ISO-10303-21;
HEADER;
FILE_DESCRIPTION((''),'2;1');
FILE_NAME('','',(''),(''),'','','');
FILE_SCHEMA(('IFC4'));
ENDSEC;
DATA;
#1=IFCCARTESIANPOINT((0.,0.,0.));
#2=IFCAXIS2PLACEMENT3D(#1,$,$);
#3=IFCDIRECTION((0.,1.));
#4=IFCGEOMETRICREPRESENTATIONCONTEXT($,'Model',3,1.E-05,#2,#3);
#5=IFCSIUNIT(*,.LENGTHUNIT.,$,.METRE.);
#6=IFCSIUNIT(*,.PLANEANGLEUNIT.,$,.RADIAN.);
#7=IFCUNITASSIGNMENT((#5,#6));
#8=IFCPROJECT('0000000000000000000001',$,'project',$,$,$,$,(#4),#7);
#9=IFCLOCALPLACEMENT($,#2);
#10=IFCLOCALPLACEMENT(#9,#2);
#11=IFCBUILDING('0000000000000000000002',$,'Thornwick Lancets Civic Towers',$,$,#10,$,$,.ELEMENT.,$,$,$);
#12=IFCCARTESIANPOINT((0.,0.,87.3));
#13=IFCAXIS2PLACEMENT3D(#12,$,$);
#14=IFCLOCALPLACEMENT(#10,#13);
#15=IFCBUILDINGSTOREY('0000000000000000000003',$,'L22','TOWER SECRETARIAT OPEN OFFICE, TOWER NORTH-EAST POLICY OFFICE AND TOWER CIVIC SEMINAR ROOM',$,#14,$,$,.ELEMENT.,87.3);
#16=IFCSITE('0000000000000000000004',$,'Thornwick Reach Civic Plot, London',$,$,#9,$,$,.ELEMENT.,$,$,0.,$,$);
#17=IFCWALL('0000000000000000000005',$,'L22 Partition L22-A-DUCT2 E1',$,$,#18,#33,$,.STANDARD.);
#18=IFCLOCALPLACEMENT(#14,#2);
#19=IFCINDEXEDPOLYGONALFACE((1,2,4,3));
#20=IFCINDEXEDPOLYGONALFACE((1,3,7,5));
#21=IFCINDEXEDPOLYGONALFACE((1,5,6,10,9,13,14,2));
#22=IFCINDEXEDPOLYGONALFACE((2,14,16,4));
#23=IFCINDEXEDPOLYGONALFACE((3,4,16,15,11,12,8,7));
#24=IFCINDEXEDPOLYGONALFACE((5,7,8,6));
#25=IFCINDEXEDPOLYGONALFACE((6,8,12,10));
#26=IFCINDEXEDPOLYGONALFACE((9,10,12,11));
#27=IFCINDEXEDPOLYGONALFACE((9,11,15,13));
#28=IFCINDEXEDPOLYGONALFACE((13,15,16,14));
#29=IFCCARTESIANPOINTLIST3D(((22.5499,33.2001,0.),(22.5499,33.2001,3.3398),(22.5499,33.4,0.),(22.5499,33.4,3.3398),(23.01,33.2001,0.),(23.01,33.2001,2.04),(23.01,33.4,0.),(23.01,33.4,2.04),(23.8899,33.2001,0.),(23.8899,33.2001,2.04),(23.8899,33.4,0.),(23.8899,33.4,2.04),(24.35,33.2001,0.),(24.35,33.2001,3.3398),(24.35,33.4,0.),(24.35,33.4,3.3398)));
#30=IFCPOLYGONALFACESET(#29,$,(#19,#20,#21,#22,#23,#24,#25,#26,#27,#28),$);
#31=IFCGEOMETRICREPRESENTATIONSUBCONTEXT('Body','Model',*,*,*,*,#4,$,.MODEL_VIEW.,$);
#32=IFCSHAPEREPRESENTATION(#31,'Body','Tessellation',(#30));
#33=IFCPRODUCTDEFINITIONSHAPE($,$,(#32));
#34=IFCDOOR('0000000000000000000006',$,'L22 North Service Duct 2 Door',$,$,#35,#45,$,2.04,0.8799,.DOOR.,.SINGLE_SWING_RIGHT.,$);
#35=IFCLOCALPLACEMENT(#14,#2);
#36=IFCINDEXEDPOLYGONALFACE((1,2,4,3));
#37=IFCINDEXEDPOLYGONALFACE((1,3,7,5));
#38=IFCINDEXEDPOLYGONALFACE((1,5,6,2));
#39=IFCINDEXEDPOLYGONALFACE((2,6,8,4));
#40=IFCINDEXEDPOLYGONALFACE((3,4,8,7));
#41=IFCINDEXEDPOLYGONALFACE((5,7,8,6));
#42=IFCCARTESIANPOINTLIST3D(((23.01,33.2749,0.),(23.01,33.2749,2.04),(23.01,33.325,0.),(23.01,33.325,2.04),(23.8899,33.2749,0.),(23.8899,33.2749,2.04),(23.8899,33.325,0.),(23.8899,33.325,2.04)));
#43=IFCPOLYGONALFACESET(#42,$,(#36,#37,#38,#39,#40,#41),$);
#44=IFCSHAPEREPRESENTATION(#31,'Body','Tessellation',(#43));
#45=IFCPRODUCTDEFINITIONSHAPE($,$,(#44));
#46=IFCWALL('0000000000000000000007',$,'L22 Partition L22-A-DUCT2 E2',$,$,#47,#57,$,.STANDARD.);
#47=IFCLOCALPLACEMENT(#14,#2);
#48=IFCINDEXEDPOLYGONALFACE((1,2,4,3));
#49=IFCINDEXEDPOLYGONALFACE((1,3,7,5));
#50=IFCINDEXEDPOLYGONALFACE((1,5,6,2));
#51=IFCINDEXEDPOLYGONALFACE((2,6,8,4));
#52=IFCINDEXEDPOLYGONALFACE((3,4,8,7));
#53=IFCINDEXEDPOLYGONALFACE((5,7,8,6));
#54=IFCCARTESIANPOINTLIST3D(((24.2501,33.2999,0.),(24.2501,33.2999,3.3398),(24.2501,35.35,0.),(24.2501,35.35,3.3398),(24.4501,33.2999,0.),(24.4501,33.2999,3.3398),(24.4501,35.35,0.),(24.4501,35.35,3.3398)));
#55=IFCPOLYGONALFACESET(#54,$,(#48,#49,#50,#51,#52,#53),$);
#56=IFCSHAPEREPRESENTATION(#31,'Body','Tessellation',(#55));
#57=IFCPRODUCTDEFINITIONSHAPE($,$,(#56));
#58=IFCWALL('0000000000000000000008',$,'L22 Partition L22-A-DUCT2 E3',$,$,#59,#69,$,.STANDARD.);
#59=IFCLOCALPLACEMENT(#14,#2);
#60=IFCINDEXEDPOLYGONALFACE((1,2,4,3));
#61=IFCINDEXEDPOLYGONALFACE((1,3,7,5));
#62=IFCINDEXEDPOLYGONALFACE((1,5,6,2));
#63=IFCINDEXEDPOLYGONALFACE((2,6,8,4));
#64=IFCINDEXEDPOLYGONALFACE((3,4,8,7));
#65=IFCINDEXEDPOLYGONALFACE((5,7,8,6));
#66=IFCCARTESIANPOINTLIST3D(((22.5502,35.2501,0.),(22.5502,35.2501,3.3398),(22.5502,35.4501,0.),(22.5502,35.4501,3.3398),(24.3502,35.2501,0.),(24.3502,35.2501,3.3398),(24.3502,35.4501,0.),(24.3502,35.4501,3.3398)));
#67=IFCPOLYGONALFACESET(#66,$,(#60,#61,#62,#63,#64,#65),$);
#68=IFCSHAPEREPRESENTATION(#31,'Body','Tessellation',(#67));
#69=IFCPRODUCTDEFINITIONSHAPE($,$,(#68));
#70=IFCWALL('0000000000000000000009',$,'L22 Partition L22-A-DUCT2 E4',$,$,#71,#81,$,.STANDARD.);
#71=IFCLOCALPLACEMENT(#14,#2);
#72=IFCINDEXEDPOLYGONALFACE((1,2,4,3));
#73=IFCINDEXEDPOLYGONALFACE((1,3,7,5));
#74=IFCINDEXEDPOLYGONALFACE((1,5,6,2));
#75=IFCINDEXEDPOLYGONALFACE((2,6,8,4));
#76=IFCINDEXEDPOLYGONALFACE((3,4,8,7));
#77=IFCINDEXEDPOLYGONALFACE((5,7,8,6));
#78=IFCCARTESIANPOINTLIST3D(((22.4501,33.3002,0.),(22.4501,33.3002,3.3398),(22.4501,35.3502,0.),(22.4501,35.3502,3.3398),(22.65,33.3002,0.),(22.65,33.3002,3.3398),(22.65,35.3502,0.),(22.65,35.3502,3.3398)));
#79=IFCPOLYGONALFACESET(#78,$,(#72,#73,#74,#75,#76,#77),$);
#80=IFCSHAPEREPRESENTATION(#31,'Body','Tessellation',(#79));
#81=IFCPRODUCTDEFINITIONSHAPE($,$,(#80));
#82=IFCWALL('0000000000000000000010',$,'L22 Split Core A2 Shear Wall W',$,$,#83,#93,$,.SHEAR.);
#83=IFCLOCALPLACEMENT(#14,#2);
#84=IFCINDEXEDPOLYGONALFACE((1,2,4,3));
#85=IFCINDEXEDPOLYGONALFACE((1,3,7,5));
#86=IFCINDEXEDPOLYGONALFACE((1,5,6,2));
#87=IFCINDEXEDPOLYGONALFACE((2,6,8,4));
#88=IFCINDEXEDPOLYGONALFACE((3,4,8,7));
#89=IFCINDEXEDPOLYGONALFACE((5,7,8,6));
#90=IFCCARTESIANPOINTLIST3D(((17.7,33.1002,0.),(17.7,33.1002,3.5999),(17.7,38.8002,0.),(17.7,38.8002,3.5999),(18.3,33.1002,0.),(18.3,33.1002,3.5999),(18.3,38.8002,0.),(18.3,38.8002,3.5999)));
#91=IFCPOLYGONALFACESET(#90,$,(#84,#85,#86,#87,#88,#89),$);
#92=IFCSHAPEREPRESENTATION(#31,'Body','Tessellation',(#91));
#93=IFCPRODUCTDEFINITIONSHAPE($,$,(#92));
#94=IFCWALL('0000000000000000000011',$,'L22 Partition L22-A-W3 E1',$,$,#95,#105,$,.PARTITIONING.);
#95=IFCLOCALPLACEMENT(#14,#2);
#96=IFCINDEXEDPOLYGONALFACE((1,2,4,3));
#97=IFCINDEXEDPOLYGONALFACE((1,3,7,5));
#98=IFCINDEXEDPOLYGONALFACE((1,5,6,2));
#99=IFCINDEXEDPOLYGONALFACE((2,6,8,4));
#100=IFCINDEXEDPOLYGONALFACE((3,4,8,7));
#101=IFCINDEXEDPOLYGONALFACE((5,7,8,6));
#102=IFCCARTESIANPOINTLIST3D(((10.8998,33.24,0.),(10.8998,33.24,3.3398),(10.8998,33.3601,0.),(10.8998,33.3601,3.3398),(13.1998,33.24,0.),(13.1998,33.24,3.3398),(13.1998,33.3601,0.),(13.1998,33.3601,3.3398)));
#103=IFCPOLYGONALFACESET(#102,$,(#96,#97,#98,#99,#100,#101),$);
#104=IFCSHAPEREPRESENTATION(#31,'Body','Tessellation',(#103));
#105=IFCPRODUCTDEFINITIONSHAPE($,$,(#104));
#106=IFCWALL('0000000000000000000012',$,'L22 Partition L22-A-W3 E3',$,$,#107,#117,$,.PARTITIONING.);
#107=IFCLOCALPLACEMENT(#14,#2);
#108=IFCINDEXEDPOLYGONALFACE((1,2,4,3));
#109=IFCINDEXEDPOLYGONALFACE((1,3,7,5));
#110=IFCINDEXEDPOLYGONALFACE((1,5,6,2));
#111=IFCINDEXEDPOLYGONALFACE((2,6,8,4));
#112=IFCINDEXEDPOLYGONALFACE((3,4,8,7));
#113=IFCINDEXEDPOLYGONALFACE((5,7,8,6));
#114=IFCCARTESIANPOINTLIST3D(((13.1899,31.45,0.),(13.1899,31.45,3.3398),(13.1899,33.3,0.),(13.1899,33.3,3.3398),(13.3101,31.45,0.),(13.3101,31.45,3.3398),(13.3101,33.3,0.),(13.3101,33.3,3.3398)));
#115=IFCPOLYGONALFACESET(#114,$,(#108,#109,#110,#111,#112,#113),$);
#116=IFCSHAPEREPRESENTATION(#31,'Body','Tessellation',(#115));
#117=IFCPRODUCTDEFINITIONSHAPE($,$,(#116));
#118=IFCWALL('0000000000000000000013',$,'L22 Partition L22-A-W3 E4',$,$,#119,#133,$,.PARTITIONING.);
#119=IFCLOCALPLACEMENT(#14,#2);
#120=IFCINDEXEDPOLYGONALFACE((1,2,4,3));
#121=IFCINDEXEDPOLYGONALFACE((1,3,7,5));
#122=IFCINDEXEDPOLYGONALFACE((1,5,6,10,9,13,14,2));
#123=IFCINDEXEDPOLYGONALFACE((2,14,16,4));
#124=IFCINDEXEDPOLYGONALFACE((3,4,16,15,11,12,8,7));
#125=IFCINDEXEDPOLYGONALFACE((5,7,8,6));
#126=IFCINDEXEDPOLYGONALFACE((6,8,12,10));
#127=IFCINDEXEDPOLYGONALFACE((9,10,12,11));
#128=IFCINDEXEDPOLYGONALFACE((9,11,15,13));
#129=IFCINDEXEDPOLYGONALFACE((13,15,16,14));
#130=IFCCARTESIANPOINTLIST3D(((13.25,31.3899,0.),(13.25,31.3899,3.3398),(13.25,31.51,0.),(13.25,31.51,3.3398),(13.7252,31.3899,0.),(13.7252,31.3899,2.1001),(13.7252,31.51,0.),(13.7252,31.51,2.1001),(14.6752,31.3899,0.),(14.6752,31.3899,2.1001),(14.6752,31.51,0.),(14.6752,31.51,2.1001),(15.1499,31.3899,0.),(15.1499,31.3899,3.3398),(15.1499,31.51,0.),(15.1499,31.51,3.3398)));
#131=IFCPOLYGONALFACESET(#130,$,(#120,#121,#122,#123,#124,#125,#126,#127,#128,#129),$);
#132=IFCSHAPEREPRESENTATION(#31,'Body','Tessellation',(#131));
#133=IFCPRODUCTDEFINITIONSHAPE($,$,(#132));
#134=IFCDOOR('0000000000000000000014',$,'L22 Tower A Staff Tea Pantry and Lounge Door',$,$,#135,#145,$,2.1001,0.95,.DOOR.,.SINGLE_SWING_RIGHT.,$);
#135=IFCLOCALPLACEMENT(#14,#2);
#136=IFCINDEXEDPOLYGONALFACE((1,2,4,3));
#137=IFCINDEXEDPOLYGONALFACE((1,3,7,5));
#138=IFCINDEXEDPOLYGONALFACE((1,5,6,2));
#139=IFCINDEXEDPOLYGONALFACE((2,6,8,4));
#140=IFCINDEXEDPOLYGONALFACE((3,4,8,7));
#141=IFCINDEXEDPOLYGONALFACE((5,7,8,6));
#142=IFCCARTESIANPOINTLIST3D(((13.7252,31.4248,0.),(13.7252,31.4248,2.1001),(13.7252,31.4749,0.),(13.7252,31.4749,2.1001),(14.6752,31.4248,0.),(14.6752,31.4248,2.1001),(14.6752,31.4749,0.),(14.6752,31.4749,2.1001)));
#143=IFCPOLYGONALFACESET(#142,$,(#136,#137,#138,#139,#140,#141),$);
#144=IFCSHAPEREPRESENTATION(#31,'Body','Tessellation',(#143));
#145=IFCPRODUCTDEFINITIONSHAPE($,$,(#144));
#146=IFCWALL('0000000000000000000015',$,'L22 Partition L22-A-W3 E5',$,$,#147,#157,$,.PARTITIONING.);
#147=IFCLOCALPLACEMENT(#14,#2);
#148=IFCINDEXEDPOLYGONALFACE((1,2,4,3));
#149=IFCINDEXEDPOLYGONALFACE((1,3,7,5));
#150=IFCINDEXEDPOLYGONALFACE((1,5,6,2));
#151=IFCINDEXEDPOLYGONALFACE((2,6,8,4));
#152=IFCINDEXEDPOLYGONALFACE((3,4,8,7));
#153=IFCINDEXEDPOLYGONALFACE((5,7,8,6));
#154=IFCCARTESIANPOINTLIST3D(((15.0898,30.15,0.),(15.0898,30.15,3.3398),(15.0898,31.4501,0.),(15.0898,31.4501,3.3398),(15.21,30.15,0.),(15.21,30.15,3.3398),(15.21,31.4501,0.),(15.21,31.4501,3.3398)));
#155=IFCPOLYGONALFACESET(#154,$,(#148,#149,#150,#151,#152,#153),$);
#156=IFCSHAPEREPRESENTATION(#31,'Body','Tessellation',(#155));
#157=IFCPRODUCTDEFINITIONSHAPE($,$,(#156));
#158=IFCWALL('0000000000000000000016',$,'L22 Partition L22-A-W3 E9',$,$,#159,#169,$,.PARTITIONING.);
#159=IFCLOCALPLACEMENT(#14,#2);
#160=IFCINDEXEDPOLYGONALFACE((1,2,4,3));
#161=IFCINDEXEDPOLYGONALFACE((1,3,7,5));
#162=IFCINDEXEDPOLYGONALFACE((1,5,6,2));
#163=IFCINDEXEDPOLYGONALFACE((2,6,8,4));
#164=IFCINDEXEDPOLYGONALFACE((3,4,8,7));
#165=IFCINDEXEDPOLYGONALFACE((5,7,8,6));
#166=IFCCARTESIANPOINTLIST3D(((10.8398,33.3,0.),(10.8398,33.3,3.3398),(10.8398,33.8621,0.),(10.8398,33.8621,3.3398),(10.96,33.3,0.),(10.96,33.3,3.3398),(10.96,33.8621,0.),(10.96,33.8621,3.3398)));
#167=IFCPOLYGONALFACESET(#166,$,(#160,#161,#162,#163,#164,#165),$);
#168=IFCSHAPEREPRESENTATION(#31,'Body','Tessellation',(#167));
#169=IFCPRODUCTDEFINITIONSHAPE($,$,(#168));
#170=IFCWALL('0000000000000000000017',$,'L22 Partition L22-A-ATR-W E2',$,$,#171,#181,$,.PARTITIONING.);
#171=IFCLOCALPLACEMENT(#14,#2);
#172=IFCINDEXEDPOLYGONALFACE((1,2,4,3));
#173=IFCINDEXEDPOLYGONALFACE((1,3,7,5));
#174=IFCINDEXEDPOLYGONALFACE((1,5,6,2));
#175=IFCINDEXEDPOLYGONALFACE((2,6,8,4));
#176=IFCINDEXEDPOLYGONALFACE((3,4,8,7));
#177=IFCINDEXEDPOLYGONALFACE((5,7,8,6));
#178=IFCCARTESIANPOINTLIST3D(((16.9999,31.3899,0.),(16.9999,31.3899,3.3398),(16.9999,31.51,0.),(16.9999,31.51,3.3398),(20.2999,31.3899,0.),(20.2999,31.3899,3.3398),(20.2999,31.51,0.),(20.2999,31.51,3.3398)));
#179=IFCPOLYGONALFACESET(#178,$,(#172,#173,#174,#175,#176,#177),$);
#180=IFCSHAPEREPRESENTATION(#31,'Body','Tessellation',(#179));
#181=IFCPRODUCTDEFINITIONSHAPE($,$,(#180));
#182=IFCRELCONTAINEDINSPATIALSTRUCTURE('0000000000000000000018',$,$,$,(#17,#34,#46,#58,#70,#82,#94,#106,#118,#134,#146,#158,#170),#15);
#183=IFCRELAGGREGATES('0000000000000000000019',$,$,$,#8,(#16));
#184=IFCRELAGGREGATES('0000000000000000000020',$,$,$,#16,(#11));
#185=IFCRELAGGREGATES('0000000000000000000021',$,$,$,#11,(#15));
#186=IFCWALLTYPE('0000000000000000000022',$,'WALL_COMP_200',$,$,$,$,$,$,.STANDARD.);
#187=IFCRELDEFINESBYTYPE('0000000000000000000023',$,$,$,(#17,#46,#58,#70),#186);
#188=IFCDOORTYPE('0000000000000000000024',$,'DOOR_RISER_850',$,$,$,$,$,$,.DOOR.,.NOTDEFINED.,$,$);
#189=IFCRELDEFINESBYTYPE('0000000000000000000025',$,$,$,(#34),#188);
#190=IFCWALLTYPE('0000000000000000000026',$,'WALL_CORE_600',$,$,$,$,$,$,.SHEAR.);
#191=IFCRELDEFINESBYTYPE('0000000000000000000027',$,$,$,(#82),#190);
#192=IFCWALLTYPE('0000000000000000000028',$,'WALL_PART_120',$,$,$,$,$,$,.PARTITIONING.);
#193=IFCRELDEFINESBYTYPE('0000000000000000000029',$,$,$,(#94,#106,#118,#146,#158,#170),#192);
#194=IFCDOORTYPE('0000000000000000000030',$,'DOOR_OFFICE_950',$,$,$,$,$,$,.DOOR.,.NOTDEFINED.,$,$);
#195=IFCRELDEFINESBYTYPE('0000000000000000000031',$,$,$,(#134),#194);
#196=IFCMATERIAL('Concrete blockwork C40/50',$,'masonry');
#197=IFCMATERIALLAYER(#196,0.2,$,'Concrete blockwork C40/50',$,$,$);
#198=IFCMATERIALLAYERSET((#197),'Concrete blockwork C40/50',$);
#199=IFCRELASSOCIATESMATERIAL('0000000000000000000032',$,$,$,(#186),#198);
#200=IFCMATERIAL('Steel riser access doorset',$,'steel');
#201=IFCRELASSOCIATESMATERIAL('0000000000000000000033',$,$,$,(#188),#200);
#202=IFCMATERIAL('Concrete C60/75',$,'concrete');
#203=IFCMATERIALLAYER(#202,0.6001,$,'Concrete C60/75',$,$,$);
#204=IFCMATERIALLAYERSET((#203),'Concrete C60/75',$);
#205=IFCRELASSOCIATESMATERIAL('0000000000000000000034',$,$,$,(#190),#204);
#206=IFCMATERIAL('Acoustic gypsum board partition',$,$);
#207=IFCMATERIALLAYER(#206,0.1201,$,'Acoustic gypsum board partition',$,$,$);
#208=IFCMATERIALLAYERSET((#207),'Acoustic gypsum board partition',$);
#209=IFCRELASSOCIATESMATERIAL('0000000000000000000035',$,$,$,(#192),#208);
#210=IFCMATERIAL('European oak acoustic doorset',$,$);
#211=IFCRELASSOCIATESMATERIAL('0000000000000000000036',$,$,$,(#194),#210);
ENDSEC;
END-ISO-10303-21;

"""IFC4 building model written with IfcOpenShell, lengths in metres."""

from ifc_helpers import new_model, si_unit, direction, frame, frame_2d, origin, place, context, subcontext, project, spatial, rectangle, extrude, material, layer, layer_set, type_object, element, fill, save


model = new_model("IFC4")

# Units and contexts
model_context = context("Model", 3, precision=1e-05, world=origin(), true_north=direction((0.0, 1.0)))
body_context = subcontext(model_context, "Body", "Model", "MODEL_VIEW")
ifc_project = project(units=[si_unit("LENGTHUNIT", "METRE"), si_unit("PLANEANGLEUNIT", "RADIAN")], contexts=[model_context])

# Site, building, storey
site_placement = place(None, origin())
site = spatial("IfcSite", under=ifc_project, at=site_placement, Name="Thornwick Reach Civic Plot, London", CompositionType="ELEMENT", RefElevation=0.0)
building_placement = place(site_placement, origin())
building = spatial("IfcBuilding", under=site, at=building_placement, Name="Thornwick Lancets Civic Towers", CompositionType="ELEMENT")
storey_placement = place(building_placement, frame((0.0, 0.0, 87.3)))
storey = spatial("IfcBuildingStorey", under=building, at=storey_placement, Name="L22", Description="TOWER SECRETARIAT OPEN OFFICE, TOWER NORTH-EAST POLICY OFFICE AND TOWER CIVIC SEMINAR ROOM", CompositionType="ELEMENT", Elevation=87.3)

# Shared definitions
ifc_material_1 = material(Name="Concrete C60/75", Category="concrete")

# Shared definitions
ifc_material_2 = material(Name="Concrete blockwork C40/50", Category="masonry")
ifc_layer_1 = layer(ifc_material_2, 0.2, Name="Concrete blockwork C40/50")
ifc_layer_set_1 = layer_set([ifc_layer_1], Name="Concrete blockwork C40/50")
wall_type_1 = type_object("IfcWallType", Name="WALL_COMP_200", PredefinedType="STANDARD", material=ifc_layer_set_1)

# Wall, opening, door
wall_1_placement = place(storey_placement, frame((22.55, 33.3, 0.0), z_axis=(0.0, 0.0, 1.0), x_axis=(1.0, 0.0, 0.0)))
wall_1 = element("IfcWall", 1, at=wall_1_placement, inside=storey, type_object=wall_type_1, Name="L22 Partition L22-A-DUCT2 E1", PredefinedType="STANDARD", context=body_context, shape_type="SweptSolid", body=[
    extrude(rectangle(XDim=1.8, YDim=0.2, at=frame_2d((0.8999, 0.0))), origin(), (0.0, 0.0, 1.0), 3.3398),
])
opening_1_placement = place(wall_1_placement, frame((0.46, 0.0, 0.0)))
opening_1 = element("IfcOpeningElement", 2, at=opening_1_placement, cuts=wall_1, PredefinedType="OPENING", context=body_context, shape_type="SweptSolid", body=[
    extrude(rectangle(XDim=0.8799, YDim=2.04, at=frame_2d((0.4399, 1.02))), frame((0.0, 0.1099, 0.0), z_axis=(0.0, -1.0, 0.0), x_axis=(1.0, 0.0, 0.0)), (0.0, 0.0, 1.0), 0.22),
])
ifc_material_3 = material(Name="Steel riser access doorset", Category="steel")
door_type_1 = type_object("IfcDoorType", Name="DOOR_RISER_850", OperationType="NOTDEFINED", PredefinedType="DOOR", material=ifc_material_3)
door_1_placement = place(opening_1_placement, origin())
door_1 = element("IfcDoor", 3, at=door_1_placement, inside=storey, type_object=door_type_1, Name="L22 North Service Duct 2 Door", OperationType="SINGLE_SWING_RIGHT", OverallHeight=2.04, OverallWidth=0.8799, PredefinedType="DOOR", context=body_context, shape_type="SweptSolid", body=[
    extrude(rectangle(XDim=0.8799, YDim=2.04, at=frame_2d((0.4399, 1.02))), frame((0.0, 0.0249, 0.0), z_axis=(0.0, -1.0, 0.0), x_axis=(1.0, 0.0, 0.0)), (0.0, 0.0, 1.0), 0.05),
])
fill(opening_1, door_1)

# Walls
wall_2_placement = place(storey_placement, frame((24.3501, 33.3, 0.0), z_axis=(0.0, 0.0, 1.0), x_axis=(0.0, 1.0, 0.0)))
element("IfcWall", 4, at=wall_2_placement, inside=storey, type_object=wall_type_1, Name="L22 Partition L22-A-DUCT2 E2", PredefinedType="STANDARD", context=body_context, shape_type="SweptSolid", body=[
    extrude(rectangle(XDim=2.05, YDim=0.2, at=frame_2d((1.0249, 0.0))), origin(), (0.0, 0.0, 1.0), 3.3398),
])
wall_3_placement = place(storey_placement, frame((24.3501, 35.3501, 0.0), z_axis=(0.0, 0.0, 1.0), x_axis=(-1.0, 0.0, 0.0)))
element("IfcWall", 5, at=wall_3_placement, inside=storey, type_object=wall_type_1, Name="L22 Partition L22-A-DUCT2 E3", PredefinedType="STANDARD", context=body_context, shape_type="SweptSolid", body=[
    extrude(rectangle(XDim=1.8, YDim=0.2, at=frame_2d((0.8999, 0.0))), origin(), (0.0, 0.0, 1.0), 3.3398),
])
wall_4_placement = place(storey_placement, frame((22.55, 35.3501, 0.0), z_axis=(0.0, 0.0, 1.0), x_axis=(0.0, -1.0, 0.0)))
element("IfcWall", 6, at=wall_4_placement, inside=storey, type_object=wall_type_1, Name="L22 Partition L22-A-DUCT2 E4", PredefinedType="STANDARD", context=body_context, shape_type="SweptSolid", body=[
    extrude(rectangle(XDim=2.05, YDim=0.2, at=frame_2d((1.0249, 0.0))), origin(), (0.0, 0.0, 1.0), 3.3398),
])
ifc_layer_2 = layer(ifc_material_1, 0.6001, Name="Concrete C60/75")
ifc_layer_set_2 = layer_set([ifc_layer_2], Name="Concrete C60/75")
wall_type_2 = type_object("IfcWallType", Name="WALL_CORE_600", PredefinedType="SHEAR", material=ifc_layer_set_2)
wall_5_placement = place(storey_placement, frame((18.0, 33.1001, 0.0), z_axis=(0.0, 0.0, 1.0), x_axis=(0.0, 1.0, 0.0)))
element("IfcWall", 7, at=wall_5_placement, inside=storey, type_object=wall_type_2, Name="L22 Split Core A2 Shear Wall W", PredefinedType="SHEAR", context=body_context, shape_type="SweptSolid", body=[
    extrude(rectangle(XDim=5.7, YDim=0.6001, at=frame_2d((2.8501, 0.0))), origin(), (0.0, 0.0, 1.0), 3.5999),
])
ifc_material_4 = material(Name="Acoustic gypsum board partition")
ifc_layer_3 = layer(ifc_material_4, 0.1201, Name="Acoustic gypsum board partition")
ifc_layer_set_3 = layer_set([ifc_layer_3], Name="Acoustic gypsum board partition")
wall_type_3 = type_object("IfcWallType", Name="WALL_PART_120", PredefinedType="PARTITIONING", material=ifc_layer_set_3)
wall_6_placement = place(storey_placement, frame((10.8999, 33.3, 0.0), z_axis=(0.0, 0.0, 1.0), x_axis=(1.0, 0.0, 0.0)))
element("IfcWall", 8, at=wall_6_placement, inside=storey, type_object=wall_type_3, Name="L22 Partition L22-A-W3 E1", PredefinedType="PARTITIONING", context=body_context, shape_type="SweptSolid", body=[
    extrude(rectangle(XDim=2.3, YDim=0.1201, at=frame_2d((1.1499, 0.0))), origin(), (0.0, 0.0, 1.0), 3.3398),
])
wall_7_placement = place(storey_placement, frame((13.25, 33.3, 0.0), z_axis=(0.0, 0.0, 1.0), x_axis=(0.0, -1.0, 0.0)))
element("IfcWall", 9, at=wall_7_placement, inside=storey, type_object=wall_type_3, Name="L22 Partition L22-A-W3 E3", PredefinedType="PARTITIONING", context=body_context, shape_type="SweptSolid", body=[
    extrude(rectangle(XDim=1.8501, YDim=0.1201, at=frame_2d((0.925, 0.0))), origin(), (0.0, 0.0, 1.0), 3.3398),
])

# Wall, opening, door
wall_8_placement = place(storey_placement, frame((13.25, 31.45, 0.0), z_axis=(0.0, 0.0, 1.0), x_axis=(1.0, 0.0, 0.0)))
wall_8 = element("IfcWall", 10, at=wall_8_placement, inside=storey, type_object=wall_type_3, Name="L22 Partition L22-A-W3 E4", PredefinedType="PARTITIONING", context=body_context, shape_type="SweptSolid", body=[
    extrude(rectangle(XDim=1.8999, YDim=0.1201, at=frame_2d((0.95, 0.0))), origin(), (0.0, 0.0, 1.0), 3.3398),
])
opening_2_placement = place(wall_8_placement, frame((0.4751, 0.0, 0.0)))
opening_2 = element("IfcOpeningElement", 11, at=opening_2_placement, cuts=wall_8, PredefinedType="OPENING", context=body_context, shape_type="SweptSolid", body=[
    extrude(rectangle(XDim=0.95, YDim=2.1001, at=frame_2d((0.4751, 1.05))), frame((0.0, 0.0701, 0.0), z_axis=(0.0, -1.0, 0.0), x_axis=(1.0, 0.0, 0.0)), (0.0, 0.0, 1.0), 0.1401),
])
ifc_material_5 = material(Name="European oak acoustic doorset")
door_type_2 = type_object("IfcDoorType", Name="DOOR_OFFICE_950", OperationType="NOTDEFINED", PredefinedType="DOOR", material=ifc_material_5)
door_2_placement = place(opening_2_placement, origin())
door_2 = element("IfcDoor", 12, at=door_2_placement, inside=storey, type_object=door_type_2, Name="L22 Tower A Staff Tea Pantry and Lounge Door", OperationType="SINGLE_SWING_RIGHT", OverallHeight=2.1001, OverallWidth=0.95, PredefinedType="DOOR", context=body_context, shape_type="SweptSolid", body=[
    extrude(rectangle(XDim=0.95, YDim=2.1001, at=frame_2d((0.4751, 1.05))), frame((0.0, 0.0249, 0.0), z_axis=(0.0, -1.0, 0.0), x_axis=(1.0, 0.0, 0.0)), (0.0, 0.0, 1.0), 0.05),
])
fill(opening_2, door_2)

# Walls
wall_9_placement = place(storey_placement, frame((15.1499, 31.45, 0.0), z_axis=(0.0, 0.0, 1.0), x_axis=(0.0, -1.0, 0.0)))
element("IfcWall", 13, at=wall_9_placement, inside=storey, type_object=wall_type_3, Name="L22 Partition L22-A-W3 E5", PredefinedType="PARTITIONING", context=body_context, shape_type="SweptSolid", body=[
    extrude(rectangle(XDim=1.3, YDim=0.1201, at=frame_2d((0.6499, 0.0))), origin(), (0.0, 0.0, 1.0), 3.3398),
])
wall_10_placement = place(storey_placement, frame((10.8999, 33.8621, 0.0), z_axis=(0.0, 0.0, 1.0), x_axis=(0.0, -1.0, 0.0)))
element("IfcWall", 14, at=wall_10_placement, inside=storey, type_object=wall_type_3, Name="L22 Partition L22-A-W3 E9", PredefinedType="PARTITIONING", context=body_context, shape_type="SweptSolid", body=[
    extrude(rectangle(XDim=0.562, YDim=0.1201, at=frame_2d((0.281, 0.0))), origin(), (0.0, 0.0, 1.0), 3.3398),
])
wall_11_placement = place(storey_placement, frame((17.0, 31.45, 0.0), z_axis=(0.0, 0.0, 1.0), x_axis=(1.0, 0.0, 0.0)))
element("IfcWall", 15, at=wall_11_placement, inside=storey, type_object=wall_type_3, Name="L22 Partition L22-A-ATR-W E2", PredefinedType="PARTITIONING", context=body_context, shape_type="SweptSolid", body=[
    extrude(rectangle(XDim=3.3, YDim=0.1201, at=frame_2d((1.6499, 0.0))), origin(), (0.0, 0.0, 1.0), 3.3398),
])

save(model, "model.ifc")
